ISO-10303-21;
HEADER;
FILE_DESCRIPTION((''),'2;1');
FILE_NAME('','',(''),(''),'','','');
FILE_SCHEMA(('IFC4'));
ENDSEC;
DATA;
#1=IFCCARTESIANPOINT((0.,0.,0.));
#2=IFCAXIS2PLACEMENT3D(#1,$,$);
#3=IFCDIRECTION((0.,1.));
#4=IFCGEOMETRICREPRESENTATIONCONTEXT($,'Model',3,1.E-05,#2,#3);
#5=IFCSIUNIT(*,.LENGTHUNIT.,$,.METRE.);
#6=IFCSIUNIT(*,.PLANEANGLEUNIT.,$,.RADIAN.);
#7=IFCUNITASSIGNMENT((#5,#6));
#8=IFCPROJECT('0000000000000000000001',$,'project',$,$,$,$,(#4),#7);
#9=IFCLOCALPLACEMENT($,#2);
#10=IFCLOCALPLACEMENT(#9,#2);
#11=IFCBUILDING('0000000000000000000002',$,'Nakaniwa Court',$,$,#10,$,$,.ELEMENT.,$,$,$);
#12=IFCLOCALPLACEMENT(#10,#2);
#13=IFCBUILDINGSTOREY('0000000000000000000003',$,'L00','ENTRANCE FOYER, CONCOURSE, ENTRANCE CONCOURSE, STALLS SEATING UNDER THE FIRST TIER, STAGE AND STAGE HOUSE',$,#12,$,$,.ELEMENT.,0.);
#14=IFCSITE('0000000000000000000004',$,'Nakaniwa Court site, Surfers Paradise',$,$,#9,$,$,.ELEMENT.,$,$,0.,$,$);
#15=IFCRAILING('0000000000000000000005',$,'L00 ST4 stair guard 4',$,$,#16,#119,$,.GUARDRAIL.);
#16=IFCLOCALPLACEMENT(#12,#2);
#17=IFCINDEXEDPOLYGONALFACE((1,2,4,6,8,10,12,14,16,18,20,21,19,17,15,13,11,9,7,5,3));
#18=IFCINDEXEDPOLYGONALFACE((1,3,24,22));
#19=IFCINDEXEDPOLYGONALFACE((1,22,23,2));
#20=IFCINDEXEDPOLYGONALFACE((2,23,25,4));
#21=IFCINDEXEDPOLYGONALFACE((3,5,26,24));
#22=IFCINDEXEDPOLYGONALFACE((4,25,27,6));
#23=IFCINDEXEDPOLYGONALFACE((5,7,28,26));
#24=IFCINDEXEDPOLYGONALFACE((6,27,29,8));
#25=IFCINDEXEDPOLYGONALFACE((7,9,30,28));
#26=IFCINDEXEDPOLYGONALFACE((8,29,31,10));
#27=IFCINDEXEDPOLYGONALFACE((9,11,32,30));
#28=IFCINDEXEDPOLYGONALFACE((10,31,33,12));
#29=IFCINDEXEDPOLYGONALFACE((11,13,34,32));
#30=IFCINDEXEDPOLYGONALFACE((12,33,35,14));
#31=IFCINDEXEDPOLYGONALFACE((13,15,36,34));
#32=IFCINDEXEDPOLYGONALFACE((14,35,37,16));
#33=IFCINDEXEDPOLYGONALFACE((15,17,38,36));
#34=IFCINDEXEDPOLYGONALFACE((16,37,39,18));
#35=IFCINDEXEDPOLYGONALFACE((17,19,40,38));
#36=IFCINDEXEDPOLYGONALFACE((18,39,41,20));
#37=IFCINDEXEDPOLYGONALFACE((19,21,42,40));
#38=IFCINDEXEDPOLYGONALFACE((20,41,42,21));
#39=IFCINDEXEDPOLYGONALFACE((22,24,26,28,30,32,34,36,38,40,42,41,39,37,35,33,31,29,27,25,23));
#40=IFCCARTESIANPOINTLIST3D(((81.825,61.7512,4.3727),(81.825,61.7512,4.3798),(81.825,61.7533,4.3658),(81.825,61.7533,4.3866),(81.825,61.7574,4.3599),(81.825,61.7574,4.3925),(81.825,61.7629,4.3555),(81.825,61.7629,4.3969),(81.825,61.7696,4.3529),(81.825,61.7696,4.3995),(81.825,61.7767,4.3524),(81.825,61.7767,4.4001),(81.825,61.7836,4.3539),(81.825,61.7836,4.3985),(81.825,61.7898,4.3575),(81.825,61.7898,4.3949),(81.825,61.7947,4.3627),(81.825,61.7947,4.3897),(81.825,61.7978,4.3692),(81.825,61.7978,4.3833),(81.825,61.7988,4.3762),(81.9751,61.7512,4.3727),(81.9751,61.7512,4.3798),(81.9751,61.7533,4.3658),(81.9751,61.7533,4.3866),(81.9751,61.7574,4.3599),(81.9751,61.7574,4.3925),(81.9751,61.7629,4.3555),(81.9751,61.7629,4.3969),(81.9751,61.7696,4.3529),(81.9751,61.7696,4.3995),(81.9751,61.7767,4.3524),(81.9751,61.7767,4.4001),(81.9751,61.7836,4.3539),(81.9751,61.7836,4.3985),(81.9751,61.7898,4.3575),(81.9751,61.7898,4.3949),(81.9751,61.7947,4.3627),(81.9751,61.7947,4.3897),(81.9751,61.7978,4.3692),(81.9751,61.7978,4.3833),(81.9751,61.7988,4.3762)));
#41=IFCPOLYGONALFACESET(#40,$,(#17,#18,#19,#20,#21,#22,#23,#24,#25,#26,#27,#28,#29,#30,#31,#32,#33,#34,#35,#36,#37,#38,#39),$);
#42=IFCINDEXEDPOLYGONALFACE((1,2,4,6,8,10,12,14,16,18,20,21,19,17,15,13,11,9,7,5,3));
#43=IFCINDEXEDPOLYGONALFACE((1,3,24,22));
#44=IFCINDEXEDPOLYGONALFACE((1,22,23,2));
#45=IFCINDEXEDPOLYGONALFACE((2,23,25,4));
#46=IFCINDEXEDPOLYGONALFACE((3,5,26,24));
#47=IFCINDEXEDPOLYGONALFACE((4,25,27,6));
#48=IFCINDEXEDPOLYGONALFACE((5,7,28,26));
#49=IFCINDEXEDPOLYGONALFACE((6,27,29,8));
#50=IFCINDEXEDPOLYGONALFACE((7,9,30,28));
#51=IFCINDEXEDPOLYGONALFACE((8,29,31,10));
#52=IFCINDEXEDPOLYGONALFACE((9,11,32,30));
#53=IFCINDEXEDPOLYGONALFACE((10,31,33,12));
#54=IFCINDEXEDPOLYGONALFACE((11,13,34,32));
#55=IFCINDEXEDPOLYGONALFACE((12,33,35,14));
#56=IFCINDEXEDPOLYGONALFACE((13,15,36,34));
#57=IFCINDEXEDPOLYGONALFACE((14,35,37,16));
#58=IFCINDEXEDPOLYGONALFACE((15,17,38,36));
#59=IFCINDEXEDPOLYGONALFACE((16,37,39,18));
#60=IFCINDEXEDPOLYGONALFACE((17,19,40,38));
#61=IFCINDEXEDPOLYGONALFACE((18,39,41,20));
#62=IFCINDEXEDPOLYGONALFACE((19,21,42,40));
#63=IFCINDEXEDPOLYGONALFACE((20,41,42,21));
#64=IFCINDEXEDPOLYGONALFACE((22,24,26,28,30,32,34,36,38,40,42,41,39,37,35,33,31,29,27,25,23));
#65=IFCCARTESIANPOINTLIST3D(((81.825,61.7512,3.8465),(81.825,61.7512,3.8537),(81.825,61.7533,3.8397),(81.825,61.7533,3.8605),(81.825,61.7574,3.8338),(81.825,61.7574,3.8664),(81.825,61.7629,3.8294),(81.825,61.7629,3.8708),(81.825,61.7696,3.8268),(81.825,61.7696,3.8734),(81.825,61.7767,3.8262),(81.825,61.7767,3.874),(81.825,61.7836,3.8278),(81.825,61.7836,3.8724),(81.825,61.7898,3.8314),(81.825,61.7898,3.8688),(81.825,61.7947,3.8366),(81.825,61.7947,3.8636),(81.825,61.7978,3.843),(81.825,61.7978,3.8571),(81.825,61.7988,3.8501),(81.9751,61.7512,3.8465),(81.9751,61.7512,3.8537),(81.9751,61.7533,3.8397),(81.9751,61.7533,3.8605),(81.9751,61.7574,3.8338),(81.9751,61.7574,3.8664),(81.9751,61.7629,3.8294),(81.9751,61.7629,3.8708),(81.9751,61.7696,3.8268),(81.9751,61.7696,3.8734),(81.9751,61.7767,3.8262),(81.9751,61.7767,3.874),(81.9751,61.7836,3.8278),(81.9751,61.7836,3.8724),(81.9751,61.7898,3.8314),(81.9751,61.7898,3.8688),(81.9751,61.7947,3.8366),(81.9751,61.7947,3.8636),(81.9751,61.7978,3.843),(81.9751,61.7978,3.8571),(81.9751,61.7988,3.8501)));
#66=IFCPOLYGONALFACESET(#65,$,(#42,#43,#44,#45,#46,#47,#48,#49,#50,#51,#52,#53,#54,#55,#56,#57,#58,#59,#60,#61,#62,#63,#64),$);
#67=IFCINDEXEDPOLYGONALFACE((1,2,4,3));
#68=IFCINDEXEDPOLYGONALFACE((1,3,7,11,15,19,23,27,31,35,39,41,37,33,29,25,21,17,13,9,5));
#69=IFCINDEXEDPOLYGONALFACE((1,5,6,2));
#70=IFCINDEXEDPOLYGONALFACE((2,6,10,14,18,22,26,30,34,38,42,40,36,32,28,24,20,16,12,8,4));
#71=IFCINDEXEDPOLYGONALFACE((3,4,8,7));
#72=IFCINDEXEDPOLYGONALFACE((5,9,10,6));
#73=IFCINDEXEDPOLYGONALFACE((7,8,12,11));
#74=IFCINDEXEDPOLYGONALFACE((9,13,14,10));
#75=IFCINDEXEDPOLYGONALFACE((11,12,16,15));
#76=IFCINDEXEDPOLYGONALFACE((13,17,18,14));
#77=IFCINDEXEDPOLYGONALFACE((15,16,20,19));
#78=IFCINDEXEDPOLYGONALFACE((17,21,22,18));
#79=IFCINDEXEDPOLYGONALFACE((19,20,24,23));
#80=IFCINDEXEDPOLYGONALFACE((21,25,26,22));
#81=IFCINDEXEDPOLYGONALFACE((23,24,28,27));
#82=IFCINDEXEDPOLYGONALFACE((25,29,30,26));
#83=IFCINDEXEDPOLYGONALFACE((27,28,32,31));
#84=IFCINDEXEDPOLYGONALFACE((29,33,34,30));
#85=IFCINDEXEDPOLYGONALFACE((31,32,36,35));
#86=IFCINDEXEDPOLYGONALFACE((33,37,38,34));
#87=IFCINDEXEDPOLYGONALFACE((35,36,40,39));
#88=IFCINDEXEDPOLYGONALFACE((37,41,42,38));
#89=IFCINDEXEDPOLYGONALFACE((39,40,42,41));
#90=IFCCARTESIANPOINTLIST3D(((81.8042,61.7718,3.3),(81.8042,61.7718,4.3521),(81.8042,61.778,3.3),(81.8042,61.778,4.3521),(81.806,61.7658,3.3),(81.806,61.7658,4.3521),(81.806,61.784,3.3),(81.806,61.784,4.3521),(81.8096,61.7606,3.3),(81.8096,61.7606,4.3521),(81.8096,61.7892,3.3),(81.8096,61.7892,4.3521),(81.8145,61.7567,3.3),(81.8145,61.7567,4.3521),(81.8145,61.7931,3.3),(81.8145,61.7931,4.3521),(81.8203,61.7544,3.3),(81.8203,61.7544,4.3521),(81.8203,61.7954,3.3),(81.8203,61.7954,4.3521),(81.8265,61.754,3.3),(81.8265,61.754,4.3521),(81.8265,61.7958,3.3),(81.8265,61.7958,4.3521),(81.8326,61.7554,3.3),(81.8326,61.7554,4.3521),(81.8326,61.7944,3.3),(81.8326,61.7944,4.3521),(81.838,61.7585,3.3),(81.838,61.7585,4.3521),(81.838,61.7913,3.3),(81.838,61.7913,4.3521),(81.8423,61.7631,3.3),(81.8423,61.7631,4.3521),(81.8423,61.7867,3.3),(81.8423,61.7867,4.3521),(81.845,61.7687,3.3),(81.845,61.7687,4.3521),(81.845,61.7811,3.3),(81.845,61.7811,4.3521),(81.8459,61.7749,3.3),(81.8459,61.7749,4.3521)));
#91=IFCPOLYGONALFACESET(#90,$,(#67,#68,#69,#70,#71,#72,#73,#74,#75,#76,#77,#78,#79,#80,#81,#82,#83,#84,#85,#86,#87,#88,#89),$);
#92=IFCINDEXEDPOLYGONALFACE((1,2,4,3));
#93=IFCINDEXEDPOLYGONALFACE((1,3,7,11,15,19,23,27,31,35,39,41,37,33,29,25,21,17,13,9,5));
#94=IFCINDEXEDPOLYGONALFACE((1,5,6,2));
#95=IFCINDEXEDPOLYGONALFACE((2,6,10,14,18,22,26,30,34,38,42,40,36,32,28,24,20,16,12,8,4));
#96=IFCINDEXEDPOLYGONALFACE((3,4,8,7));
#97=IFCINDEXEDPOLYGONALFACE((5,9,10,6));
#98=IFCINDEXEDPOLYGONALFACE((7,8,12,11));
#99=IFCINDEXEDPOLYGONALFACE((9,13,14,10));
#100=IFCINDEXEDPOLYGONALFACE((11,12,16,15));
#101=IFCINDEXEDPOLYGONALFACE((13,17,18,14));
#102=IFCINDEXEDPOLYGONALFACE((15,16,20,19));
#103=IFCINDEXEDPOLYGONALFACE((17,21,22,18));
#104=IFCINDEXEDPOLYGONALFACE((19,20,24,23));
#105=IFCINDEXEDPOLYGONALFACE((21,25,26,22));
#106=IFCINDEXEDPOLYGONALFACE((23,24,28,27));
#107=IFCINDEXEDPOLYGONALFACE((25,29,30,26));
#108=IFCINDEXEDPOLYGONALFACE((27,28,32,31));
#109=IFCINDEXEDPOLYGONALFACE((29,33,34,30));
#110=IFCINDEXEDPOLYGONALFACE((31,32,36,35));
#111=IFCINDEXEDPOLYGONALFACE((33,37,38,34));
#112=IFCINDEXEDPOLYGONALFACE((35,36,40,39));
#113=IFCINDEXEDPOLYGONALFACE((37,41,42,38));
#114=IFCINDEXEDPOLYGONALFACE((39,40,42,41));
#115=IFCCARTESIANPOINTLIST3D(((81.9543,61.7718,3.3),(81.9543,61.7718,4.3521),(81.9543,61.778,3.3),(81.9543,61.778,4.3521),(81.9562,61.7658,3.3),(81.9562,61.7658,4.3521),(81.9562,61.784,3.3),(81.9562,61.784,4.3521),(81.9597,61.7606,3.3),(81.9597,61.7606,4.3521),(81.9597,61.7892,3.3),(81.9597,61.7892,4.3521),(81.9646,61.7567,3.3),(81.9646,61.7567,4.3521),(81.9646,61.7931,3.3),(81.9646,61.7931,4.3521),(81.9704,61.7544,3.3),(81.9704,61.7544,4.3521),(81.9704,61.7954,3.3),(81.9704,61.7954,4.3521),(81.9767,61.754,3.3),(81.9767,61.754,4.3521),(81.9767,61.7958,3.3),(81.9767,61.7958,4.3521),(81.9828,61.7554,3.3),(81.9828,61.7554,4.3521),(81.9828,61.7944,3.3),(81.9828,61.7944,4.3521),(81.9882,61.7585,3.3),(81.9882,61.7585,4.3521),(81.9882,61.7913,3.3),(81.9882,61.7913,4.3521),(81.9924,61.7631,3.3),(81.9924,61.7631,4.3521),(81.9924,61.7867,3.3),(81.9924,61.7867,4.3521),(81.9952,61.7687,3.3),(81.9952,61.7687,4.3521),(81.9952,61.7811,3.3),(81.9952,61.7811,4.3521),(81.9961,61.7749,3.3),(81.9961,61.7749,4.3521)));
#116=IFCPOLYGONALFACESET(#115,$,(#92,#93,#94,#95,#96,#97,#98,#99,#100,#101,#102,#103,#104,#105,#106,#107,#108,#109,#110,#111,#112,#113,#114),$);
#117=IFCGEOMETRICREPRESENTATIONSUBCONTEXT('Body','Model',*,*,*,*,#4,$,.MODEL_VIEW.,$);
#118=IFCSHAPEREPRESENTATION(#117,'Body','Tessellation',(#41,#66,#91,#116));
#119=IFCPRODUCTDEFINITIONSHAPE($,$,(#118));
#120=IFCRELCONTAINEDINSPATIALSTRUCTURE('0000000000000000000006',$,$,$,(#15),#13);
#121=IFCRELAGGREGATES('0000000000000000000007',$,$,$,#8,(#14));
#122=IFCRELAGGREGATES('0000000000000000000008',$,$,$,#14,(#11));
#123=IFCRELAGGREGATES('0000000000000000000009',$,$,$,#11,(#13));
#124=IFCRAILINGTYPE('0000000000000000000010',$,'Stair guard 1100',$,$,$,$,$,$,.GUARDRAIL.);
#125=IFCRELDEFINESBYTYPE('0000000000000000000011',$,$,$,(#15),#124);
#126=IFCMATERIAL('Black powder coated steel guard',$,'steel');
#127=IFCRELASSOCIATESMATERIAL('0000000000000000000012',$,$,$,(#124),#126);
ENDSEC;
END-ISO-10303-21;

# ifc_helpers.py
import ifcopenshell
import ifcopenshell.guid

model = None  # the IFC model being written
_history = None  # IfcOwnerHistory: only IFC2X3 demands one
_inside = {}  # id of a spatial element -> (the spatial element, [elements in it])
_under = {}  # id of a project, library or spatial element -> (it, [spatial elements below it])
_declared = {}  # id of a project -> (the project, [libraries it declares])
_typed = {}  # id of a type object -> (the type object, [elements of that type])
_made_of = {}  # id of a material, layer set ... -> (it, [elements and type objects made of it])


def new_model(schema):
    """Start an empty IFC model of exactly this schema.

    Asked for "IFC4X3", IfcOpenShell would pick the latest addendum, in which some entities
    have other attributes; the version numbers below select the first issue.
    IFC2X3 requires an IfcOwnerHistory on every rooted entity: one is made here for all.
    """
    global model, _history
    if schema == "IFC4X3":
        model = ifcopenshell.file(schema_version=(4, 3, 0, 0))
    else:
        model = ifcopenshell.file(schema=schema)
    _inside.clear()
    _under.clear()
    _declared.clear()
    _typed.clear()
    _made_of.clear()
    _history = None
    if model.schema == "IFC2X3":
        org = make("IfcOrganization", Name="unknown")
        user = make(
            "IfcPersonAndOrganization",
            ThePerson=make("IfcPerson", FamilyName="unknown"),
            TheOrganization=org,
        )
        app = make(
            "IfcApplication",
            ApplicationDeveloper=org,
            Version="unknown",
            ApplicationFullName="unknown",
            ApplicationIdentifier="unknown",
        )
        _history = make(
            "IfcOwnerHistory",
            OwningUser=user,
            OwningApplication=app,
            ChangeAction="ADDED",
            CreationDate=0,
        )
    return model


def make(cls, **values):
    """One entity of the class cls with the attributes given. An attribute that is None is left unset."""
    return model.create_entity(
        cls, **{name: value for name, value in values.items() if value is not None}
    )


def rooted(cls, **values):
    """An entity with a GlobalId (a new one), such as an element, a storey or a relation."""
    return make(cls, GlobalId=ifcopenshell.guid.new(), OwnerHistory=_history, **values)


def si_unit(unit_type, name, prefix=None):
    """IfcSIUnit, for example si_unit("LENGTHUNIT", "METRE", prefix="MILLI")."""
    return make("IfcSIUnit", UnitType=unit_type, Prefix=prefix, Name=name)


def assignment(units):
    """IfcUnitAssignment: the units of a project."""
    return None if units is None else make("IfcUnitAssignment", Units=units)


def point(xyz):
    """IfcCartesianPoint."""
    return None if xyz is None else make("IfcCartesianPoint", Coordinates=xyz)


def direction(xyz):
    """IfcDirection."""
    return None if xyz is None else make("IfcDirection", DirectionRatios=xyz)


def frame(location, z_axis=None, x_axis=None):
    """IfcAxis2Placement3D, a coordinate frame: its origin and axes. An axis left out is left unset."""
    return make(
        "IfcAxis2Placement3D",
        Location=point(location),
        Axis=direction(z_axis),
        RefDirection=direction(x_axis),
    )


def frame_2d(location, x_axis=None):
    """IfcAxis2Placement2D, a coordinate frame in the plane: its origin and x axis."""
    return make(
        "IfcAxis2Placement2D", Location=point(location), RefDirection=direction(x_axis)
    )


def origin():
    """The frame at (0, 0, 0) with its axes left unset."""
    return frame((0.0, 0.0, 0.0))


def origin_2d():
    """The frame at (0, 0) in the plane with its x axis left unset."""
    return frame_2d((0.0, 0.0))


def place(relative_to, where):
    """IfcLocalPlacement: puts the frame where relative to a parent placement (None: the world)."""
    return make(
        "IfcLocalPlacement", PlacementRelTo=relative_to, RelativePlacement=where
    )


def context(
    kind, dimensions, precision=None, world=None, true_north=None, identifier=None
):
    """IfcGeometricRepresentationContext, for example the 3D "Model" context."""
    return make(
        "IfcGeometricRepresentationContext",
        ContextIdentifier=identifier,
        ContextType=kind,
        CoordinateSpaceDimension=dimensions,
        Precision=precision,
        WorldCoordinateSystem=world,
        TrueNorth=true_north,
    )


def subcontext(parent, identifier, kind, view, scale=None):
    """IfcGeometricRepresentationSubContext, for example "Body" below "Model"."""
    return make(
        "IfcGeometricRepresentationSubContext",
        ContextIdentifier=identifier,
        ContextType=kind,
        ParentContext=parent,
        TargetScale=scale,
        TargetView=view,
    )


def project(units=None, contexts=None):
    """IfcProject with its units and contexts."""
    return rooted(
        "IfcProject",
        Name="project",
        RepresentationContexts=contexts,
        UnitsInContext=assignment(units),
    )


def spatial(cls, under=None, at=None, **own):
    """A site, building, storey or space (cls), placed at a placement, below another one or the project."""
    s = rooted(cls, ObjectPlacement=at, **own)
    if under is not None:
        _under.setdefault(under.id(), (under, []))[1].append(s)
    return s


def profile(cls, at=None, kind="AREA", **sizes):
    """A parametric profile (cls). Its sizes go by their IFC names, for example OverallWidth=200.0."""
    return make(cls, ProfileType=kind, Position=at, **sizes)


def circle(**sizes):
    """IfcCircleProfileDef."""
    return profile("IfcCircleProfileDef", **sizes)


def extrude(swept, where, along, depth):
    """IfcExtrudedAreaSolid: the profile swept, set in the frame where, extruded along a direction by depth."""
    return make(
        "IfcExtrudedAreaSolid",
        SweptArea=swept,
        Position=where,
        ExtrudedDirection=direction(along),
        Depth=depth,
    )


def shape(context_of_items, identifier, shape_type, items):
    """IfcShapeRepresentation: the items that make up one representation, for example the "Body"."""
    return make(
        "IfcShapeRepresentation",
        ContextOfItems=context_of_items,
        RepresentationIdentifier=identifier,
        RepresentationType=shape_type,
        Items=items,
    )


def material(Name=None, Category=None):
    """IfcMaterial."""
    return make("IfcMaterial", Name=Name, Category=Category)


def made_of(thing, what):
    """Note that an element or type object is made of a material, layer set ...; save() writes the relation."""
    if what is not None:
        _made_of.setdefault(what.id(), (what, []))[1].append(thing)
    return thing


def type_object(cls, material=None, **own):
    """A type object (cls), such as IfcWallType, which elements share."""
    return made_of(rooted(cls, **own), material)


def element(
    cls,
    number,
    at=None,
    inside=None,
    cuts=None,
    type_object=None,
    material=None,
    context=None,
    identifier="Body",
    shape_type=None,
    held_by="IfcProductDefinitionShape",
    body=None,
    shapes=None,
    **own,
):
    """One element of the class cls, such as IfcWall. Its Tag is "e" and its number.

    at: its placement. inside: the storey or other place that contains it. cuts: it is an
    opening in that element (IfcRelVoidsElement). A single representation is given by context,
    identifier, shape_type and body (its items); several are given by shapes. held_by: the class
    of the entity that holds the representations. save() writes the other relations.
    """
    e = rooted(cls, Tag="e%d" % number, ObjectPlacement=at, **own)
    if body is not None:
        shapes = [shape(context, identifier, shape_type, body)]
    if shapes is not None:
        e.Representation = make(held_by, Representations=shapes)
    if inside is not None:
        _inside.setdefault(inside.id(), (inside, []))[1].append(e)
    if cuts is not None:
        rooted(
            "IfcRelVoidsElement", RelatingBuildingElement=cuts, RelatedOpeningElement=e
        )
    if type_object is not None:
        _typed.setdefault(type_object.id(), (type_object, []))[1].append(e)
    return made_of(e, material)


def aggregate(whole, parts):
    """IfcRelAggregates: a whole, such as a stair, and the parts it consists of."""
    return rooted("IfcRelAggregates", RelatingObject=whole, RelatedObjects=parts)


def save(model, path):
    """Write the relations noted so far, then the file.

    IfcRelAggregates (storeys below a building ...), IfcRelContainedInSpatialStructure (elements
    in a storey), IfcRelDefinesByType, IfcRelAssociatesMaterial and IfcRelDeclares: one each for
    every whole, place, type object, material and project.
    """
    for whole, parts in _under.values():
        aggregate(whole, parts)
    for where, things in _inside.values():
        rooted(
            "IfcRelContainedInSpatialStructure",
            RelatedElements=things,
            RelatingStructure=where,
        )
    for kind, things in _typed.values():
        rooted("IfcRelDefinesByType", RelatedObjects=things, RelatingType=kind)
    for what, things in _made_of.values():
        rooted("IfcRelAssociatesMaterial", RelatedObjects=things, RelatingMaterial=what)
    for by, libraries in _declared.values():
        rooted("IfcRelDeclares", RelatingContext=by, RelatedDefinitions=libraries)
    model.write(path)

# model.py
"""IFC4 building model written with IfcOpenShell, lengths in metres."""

from ifc_helpers import new_model, si_unit, direction, frame, origin, origin_2d, place, context, subcontext, project, spatial, circle, extrude, material, type_object, element, save


model = new_model("IFC4")

# Units and contexts
model_context = context("Model", 3, precision=1e-05, world=origin(), true_north=direction((0.0, 1.0)))
body_context = subcontext(model_context, "Body", "Model", "MODEL_VIEW")
ifc_project = project(units=[si_unit("LENGTHUNIT", "METRE"), si_unit("PLANEANGLEUNIT", "RADIAN")], contexts=[model_context])

# Site, building, storey
site_placement = place(None, origin())
site = spatial("IfcSite", under=ifc_project, at=site_placement, Name="Nakaniwa Court site, Surfers Paradise", CompositionType="ELEMENT", RefElevation=0.0)
building_placement = place(site_placement, origin())
building = spatial("IfcBuilding", under=site, at=building_placement, Name="Nakaniwa Court", CompositionType="ELEMENT")
storey_placement = place(building_placement, origin())
storey = spatial("IfcBuildingStorey", under=building, at=storey_placement, Name="L00", Description="ENTRANCE FOYER, CONCOURSE, ENTRANCE CONCOURSE, STALLS SEATING UNDER THE FIRST TIER, STAGE AND STAGE HOUSE", CompositionType="ELEMENT", Elevation=0.0)

# Railing
ifc_material_1 = material(Name="Black powder coated steel guard", Category="steel")
railing_type_1 = type_object("IfcRailingType", Name="Stair guard 1100", PredefinedType="GUARDRAIL", material=ifc_material_1)
railing_1_placement = place(storey_placement, frame((81.825, 61.7749, 3.3)))
element("IfcRailing", 1, at=railing_1_placement, inside=storey, type_object=railing_type_1, Name="L00 ST4 stair guard 4", PredefinedType="GUARDRAIL", context=body_context, shape_type="SweptSolid", body=[
    extrude(circle(Radius=0.0239, at=origin_2d()), frame((0.0, 0.0, 1.0762), z_axis=(1.0, 0.0, 0.0), x_axis=(0.0, 1.0, 0.0)), (0.0, 0.0, 1.0), 0.1501),
    extrude(circle(Radius=0.0239, at=origin_2d()), frame((0.0, 0.0, 0.55), z_axis=(1.0, 0.0, 0.0), x_axis=(0.0, 1.0, 0.0)), (0.0, 0.0, 1.0), 0.1501),
    extrude(circle(Radius=0.021, at=origin_2d()), origin(), (0.0, 0.0, 1.0), 1.052),
    extrude(circle(Radius=0.021, at=origin_2d()), frame((0.1501, 0.0, 0.0)), (0.0, 0.0, 1.0), 1.052),
])

save(model, "model.ifc")
